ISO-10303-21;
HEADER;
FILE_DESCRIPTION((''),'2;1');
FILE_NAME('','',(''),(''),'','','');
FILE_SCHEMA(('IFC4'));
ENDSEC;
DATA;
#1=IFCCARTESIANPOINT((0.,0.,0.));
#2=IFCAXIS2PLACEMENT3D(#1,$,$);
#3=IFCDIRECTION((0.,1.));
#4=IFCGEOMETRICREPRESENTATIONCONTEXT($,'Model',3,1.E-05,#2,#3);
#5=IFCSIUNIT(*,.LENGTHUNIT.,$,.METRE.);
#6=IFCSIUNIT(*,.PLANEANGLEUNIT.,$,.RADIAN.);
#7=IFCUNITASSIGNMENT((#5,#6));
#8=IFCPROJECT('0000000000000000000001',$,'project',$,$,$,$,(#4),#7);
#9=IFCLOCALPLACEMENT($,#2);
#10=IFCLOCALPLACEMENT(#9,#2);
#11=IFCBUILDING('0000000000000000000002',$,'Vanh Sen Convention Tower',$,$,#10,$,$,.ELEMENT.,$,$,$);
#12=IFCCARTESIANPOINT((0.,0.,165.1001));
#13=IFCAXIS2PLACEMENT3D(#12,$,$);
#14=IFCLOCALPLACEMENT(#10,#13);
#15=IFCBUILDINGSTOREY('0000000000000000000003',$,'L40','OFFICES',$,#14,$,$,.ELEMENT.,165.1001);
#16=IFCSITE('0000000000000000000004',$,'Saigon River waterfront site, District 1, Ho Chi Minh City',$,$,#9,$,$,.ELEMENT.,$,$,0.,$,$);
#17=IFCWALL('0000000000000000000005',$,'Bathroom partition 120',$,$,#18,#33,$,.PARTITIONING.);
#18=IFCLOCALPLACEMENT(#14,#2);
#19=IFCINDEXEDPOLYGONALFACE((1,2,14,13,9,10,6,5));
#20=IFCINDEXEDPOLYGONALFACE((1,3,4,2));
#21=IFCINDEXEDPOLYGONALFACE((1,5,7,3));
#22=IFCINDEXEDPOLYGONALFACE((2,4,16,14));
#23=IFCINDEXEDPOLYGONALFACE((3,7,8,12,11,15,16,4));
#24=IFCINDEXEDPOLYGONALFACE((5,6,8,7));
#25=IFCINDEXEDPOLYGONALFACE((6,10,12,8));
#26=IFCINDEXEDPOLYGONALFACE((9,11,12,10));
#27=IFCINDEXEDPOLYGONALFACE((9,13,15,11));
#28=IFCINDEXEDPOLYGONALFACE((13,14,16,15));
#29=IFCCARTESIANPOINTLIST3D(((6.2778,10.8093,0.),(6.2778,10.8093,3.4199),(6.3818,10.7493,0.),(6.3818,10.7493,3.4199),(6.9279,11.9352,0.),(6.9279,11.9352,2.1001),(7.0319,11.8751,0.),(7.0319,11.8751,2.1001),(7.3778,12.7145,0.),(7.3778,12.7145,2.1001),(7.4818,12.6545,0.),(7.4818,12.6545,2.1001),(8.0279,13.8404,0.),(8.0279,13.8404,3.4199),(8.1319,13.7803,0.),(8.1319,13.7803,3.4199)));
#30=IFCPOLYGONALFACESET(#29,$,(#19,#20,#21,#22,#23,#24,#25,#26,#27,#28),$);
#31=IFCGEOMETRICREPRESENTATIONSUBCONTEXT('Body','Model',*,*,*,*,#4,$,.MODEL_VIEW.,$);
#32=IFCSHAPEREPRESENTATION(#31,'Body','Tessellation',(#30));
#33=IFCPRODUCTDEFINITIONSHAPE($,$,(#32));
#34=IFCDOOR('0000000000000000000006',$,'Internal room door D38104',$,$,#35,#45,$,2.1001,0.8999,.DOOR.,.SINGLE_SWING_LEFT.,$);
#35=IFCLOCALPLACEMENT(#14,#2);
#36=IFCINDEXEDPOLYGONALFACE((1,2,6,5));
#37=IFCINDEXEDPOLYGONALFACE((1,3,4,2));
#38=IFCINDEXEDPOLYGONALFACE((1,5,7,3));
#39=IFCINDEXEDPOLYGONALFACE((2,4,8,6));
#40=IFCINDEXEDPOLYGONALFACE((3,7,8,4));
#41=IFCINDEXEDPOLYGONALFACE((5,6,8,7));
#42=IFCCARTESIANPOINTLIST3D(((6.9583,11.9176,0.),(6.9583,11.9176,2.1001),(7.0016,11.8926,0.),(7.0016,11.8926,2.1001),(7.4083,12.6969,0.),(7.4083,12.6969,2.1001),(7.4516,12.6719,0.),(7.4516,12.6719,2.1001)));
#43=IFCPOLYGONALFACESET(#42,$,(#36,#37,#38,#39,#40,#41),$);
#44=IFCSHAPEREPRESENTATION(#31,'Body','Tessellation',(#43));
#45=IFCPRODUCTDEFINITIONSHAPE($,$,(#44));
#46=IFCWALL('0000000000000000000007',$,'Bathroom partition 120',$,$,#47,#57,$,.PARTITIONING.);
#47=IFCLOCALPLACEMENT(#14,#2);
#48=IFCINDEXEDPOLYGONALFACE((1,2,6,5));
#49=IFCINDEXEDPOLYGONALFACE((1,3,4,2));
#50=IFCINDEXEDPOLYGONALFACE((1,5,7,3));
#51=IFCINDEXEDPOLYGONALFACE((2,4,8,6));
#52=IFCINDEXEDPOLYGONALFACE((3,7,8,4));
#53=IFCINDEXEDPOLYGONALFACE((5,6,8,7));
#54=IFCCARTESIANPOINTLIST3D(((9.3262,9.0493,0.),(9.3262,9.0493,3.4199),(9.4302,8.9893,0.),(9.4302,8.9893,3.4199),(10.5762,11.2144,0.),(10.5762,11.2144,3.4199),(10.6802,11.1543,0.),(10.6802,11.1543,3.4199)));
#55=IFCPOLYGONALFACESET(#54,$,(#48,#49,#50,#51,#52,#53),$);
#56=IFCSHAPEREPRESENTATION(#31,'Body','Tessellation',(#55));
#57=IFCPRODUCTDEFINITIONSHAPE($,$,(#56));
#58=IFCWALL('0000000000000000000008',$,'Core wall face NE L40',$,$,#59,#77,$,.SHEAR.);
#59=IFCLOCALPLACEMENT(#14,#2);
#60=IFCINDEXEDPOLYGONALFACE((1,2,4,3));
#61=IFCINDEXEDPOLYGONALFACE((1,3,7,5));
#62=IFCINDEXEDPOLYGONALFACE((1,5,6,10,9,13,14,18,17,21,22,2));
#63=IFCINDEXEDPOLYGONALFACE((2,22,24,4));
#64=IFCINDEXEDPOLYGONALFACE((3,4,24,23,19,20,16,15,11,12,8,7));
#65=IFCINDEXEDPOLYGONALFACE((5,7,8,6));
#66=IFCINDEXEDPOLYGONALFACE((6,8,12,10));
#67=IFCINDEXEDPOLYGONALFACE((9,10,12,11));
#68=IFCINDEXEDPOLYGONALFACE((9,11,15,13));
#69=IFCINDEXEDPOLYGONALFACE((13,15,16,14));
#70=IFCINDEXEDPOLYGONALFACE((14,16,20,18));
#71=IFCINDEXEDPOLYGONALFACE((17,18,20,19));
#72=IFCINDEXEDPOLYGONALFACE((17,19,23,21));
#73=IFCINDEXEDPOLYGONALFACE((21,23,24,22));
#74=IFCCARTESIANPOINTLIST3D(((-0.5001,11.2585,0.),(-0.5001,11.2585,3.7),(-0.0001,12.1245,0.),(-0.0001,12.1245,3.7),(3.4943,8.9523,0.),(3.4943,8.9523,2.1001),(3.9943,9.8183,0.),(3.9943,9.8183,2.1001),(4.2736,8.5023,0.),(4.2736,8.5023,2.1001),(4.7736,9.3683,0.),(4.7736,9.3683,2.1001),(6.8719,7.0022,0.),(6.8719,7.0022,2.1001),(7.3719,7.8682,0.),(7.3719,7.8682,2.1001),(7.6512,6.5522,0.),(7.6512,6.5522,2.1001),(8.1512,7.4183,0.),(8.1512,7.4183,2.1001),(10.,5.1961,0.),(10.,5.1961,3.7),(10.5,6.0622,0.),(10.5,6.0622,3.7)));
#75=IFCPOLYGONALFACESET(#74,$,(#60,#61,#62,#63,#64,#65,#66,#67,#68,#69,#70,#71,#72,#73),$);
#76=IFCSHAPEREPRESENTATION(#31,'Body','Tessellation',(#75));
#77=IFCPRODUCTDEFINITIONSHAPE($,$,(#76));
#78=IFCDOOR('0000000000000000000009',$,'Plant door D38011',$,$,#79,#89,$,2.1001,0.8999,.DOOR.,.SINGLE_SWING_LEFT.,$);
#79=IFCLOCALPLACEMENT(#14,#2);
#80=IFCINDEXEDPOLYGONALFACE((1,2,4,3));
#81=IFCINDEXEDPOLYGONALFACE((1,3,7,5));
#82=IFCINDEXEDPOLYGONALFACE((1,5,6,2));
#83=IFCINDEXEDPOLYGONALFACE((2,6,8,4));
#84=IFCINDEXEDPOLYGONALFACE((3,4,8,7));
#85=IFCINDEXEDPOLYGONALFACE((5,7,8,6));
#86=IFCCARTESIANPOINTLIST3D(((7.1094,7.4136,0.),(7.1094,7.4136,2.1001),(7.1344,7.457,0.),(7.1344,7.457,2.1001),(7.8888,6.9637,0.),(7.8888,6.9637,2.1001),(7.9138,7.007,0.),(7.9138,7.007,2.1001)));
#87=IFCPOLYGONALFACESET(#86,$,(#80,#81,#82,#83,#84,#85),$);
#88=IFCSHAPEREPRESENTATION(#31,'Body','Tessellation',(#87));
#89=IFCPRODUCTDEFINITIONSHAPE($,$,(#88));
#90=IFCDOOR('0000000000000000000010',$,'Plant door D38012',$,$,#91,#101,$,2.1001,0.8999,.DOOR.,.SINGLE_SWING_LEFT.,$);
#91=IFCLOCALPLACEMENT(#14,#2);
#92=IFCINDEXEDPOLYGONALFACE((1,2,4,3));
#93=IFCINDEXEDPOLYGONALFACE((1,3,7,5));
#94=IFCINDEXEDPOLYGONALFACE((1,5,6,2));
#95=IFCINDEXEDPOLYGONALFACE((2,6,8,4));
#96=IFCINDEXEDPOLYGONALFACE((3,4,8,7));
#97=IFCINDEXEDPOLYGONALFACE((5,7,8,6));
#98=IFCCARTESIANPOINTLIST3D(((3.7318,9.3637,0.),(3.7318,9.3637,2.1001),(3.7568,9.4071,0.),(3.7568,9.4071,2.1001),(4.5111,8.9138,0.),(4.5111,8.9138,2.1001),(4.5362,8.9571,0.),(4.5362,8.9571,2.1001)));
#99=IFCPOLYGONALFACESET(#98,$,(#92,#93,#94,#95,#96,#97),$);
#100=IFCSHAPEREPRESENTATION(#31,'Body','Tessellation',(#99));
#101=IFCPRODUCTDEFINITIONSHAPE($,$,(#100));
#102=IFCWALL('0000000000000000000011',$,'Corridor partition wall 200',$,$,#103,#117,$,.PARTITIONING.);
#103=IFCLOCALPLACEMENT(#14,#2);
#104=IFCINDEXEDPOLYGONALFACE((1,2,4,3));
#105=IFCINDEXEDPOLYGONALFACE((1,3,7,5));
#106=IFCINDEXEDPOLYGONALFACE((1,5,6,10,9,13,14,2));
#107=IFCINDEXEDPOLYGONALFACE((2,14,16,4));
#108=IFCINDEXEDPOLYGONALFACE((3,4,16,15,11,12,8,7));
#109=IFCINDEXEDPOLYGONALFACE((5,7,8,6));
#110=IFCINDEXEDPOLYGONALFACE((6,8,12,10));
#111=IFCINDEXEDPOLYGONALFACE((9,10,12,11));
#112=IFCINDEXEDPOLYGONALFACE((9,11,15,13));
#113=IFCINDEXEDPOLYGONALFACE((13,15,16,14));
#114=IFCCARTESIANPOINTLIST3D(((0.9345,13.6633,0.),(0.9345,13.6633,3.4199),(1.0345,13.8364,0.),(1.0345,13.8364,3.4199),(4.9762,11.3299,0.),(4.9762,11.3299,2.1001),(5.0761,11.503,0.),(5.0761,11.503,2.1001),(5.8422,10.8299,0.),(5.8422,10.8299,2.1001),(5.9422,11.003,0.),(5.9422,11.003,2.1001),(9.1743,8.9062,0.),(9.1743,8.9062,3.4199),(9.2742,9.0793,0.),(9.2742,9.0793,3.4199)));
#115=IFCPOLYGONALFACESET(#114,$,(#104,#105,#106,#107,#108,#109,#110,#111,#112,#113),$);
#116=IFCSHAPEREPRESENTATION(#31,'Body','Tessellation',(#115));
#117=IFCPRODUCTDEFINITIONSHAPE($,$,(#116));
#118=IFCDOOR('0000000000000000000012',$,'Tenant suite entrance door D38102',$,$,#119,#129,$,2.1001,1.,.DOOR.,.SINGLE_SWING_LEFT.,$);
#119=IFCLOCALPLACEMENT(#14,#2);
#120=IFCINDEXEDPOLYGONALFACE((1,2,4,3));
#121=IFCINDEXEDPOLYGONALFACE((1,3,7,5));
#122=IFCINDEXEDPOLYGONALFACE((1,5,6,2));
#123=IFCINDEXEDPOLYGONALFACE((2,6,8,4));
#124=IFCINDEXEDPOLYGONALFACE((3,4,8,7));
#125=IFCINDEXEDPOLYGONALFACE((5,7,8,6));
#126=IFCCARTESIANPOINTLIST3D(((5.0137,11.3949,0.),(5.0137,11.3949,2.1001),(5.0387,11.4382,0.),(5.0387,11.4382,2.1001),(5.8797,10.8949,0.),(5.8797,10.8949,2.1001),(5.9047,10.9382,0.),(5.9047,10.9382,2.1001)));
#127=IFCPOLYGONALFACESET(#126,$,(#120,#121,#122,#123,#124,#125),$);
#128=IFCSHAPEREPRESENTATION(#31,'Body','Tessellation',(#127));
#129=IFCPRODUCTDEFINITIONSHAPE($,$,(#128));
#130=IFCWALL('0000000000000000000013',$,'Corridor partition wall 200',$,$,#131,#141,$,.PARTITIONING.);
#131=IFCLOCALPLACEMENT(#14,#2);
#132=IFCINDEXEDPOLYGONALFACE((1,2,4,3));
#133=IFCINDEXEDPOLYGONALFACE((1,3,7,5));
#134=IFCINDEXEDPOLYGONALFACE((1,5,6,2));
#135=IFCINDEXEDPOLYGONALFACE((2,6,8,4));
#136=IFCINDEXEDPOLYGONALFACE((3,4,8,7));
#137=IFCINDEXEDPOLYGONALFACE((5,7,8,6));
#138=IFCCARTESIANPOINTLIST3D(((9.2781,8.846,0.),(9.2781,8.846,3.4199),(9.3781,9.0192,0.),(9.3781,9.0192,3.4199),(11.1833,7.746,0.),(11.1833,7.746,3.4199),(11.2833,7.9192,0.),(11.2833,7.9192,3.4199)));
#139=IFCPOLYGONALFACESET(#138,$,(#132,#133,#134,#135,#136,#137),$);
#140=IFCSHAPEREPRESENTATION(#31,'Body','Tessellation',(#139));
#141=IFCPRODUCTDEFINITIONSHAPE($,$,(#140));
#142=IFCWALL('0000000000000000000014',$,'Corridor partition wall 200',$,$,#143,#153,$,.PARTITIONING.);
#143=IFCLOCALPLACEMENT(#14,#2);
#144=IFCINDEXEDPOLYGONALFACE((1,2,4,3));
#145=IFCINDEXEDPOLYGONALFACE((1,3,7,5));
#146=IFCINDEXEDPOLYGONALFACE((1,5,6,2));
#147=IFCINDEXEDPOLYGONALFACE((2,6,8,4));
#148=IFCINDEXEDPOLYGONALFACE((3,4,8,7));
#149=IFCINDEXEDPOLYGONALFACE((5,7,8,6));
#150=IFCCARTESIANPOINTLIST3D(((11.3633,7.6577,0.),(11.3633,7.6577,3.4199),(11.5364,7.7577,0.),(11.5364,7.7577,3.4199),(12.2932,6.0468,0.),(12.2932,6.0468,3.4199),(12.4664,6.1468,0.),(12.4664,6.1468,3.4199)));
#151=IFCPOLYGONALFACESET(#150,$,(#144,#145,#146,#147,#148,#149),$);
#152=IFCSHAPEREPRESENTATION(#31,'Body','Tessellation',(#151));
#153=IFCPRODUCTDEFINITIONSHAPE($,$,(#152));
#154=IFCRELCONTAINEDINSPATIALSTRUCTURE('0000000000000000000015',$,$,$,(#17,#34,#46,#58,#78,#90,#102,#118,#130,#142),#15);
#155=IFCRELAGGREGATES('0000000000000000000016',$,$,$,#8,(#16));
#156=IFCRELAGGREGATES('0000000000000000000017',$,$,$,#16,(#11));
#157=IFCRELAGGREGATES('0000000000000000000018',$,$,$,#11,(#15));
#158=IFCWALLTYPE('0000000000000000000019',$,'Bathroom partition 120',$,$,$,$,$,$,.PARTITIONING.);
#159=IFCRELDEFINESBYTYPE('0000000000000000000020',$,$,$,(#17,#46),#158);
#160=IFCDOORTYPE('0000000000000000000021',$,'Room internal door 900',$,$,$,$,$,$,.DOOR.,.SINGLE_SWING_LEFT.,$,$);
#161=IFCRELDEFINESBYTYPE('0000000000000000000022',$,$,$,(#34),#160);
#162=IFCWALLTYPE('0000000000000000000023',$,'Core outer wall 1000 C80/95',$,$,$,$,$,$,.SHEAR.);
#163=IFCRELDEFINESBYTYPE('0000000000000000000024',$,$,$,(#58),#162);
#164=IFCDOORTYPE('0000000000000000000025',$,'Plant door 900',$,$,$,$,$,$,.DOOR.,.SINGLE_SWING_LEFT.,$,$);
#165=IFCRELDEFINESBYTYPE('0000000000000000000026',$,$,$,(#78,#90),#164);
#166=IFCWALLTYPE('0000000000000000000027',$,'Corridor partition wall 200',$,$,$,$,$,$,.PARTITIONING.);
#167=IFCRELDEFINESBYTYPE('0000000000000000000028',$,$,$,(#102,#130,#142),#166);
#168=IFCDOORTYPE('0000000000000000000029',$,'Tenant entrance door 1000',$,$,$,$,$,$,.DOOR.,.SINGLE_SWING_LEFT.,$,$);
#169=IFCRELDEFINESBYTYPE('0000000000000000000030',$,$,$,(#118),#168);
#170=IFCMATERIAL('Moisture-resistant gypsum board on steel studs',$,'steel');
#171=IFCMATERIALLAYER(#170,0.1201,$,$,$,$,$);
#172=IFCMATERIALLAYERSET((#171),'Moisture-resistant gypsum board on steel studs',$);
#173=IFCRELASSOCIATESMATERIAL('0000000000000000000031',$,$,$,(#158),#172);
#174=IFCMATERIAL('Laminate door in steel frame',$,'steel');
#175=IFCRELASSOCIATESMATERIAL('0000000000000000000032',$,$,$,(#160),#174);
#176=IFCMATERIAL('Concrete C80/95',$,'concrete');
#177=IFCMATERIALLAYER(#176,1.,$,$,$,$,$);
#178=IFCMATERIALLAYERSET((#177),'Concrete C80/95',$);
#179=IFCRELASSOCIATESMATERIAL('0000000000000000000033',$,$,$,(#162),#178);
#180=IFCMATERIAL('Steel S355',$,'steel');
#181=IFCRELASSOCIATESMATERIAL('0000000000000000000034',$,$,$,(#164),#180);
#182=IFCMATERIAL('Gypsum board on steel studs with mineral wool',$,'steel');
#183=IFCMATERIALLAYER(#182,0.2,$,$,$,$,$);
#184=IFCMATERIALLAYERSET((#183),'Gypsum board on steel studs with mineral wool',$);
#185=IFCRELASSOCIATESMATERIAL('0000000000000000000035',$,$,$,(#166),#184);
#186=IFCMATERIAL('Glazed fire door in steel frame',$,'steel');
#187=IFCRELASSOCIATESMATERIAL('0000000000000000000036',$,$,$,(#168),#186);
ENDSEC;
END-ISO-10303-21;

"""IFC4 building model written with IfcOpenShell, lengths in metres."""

from ifc_helpers import new_model, si_unit, direction, frame, frame_2d, origin, place, context, subcontext, project, spatial, rectangle, extrude, material, layer, layer_set, type_object, element, fill, save


model = new_model("IFC4")

# Units and contexts
model_context = context("Model", 3, precision=1e-05, world=origin(), true_north=direction((0.0, 1.0)))
body_context = subcontext(model_context, "Body", "Model", "MODEL_VIEW")
ifc_project = project(units=[si_unit("LENGTHUNIT", "METRE"), si_unit("PLANEANGLEUNIT", "RADIAN")], contexts=[model_context])

# Site, building, storey
site_placement = place(None, origin())
site = spatial("IfcSite", under=ifc_project, at=site_placement, Name="Saigon River waterfront site, District 1, Ho Chi Minh City", CompositionType="ELEMENT", RefElevation=0.0)
building_placement = place(site_placement, origin())
building = spatial("IfcBuilding", under=site, at=building_placement, Name="Vanh Sen Convention Tower", CompositionType="ELEMENT")
storey_placement = place(building_placement, frame((0.0, 0.0, 165.1001)))
storey = spatial("IfcBuildingStorey", under=building, at=storey_placement, Name="L40", Description="OFFICES", CompositionType="ELEMENT", Elevation=165.1001)

# Wall, opening, door
ifc_material_1 = material(Name="Moisture-resistant gypsum board on steel studs", Category="steel")
ifc_layer_1 = layer(ifc_material_1, 0.1201)
ifc_layer_set_1 = layer_set([ifc_layer_1], Name="Moisture-resistant gypsum board on steel studs")
wall_type_1 = type_object("IfcWallType", Name="Bathroom partition 120", PredefinedType="PARTITIONING", material=ifc_layer_set_1)
wall_1_placement = place(storey_placement, frame((6.3298, 10.7793, 0.0), z_axis=(0.0, 0.0, 1.0), x_axis=(0.50001, 0.866019, 0.0)))
wall_1 = element("IfcWall", 1, at=wall_1_placement, inside=storey, type_object=wall_type_1, Name="Bathroom partition 120", PredefinedType="PARTITIONING", context=body_context, shape_type="SweptSolid", body=[
    extrude(rectangle(XDim=3.5, YDim=0.1201, at=frame_2d((1.75, 0.0))), origin(), (0.0, 0.0, 1.0), 3.4199),
])
opening_1_placement = place(wall_1_placement, frame((1.3, 0.0, 0.0)))
opening_1 = element("IfcOpeningElement", 2, at=opening_1_placement, cuts=wall_1, PredefinedType="OPENING", context=body_context, shape_type="SweptSolid", body=[
    extrude(rectangle(XDim=0.8999, YDim=2.1001, at=frame_2d((0.45, 1.05))), frame((0.0, 0.0701, 0.0), z_axis=(0.0, -1.0, 0.0), x_axis=(1.0, 0.0, 0.0)), (0.0, 0.0, 1.0), 0.1401),
])
ifc_material_2 = material(Name="Laminate door in steel frame", Category="steel")
door_type_1 = type_object("IfcDoorType", Name="Room internal door 900", OperationType="SINGLE_SWING_LEFT", PredefinedType="DOOR", material=ifc_material_2)
door_1_placement = place(opening_1_placement, origin())
door_1 = element("IfcDoor", 3, at=door_1_placement, inside=storey, type_object=door_type_1, Name="Internal room door D38104", OperationType="SINGLE_SWING_LEFT", OverallHeight=2.1001, OverallWidth=0.8999, PredefinedType="DOOR", context=body_context, shape_type="SweptSolid", body=[
    extrude(rectangle(XDim=0.8999, YDim=2.1001, at=frame_2d((0.45, 1.05))), frame((0.0, 0.0249, 0.0), z_axis=(0.0, -1.0, 0.0), x_axis=(1.0, 0.0, 0.0)), (0.0, 0.0, 1.0), 0.05),
])
fill(opening_1, door_1)

# Wall
wall_2_placement = place(storey_placement, frame((9.3782, 9.0193, 0.0), z_axis=(0.0, 0.0, 1.0), x_axis=(0.500004, 0.866023, 0.0)))
element("IfcWall", 4, at=wall_2_placement, inside=storey, type_object=wall_type_1, Name="Bathroom partition 120", PredefinedType="PARTITIONING", context=body_context, shape_type="SweptSolid", body=[
    extrude(rectangle(XDim=2.5, YDim=0.1201, at=frame_2d((1.25, 0.0))), origin(), (0.0, 0.0, 1.0), 3.4199),
])

# Wall, openings, doors
ifc_material_3 = material(Name="Concrete C80/95", Category="concrete")
ifc_layer_2 = layer(ifc_material_3, 1.0)
ifc_layer_set_2 = layer_set([ifc_layer_2], Name="Concrete C80/95")
wall_type_2 = type_object("IfcWallType", Name="Core outer wall 1000 C80/95", PredefinedType="SHEAR", material=ifc_layer_set_2)
wall_3_placement = place(storey_placement, frame((10.25, 5.6292, 0.0), z_axis=(0.0, 0.0, 1.0), x_axis=(-0.866023, 0.500005, 0.0)))
wall_3 = element("IfcWall", 5, at=wall_3_placement, inside=storey, type_object=wall_type_2, Name="Core wall face NE L40", PredefinedType="SHEAR", context=body_context, shape_type="SweptSolid", body=[
    extrude(rectangle(XDim=12.1245, YDim=1.0, at=frame_2d((6.0623, 0.0))), origin(), (0.0, 0.0, 1.0), 3.7),
])
opening_2_placement = place(wall_3_placement, frame((2.7122, 0.0, 0.0)))
opening_2 = element("IfcOpeningElement", 6, at=opening_2_placement, cuts=wall_3, PredefinedType="OPENING", context=body_context, shape_type="SweptSolid", body=[
    extrude(rectangle(XDim=0.8999, YDim=2.1001, at=frame_2d((0.45, 1.05))), frame((0.0, 0.51, 0.0), z_axis=(0.0, -1.0, 0.0), x_axis=(1.0, 0.0, 0.0)), (0.0, 0.0, 1.0), 1.02),
])
opening_3_placement = place(wall_3_placement, frame((6.6123, 0.0, 0.0)))
opening_3 = element("IfcOpeningElement", 7, at=opening_3_placement, cuts=wall_3, PredefinedType="OPENING", context=body_context, shape_type="SweptSolid", body=[
    extrude(rectangle(XDim=0.8999, YDim=2.1001, at=frame_2d((0.45, 1.05))), frame((0.0, 0.51, 0.0), z_axis=(0.0, -1.0, 0.0), x_axis=(1.0, 0.0, 0.0)), (0.0, 0.0, 1.0), 1.02),
])
ifc_material_4 = material(Name="Steel S355", Category="steel")
door_type_2 = type_object("IfcDoorType", Name="Plant door 900", OperationType="SINGLE_SWING_LEFT", PredefinedType="DOOR", material=ifc_material_4)
door_2_placement = place(opening_2_placement, origin())
door_2 = element("IfcDoor", 8, at=door_2_placement, inside=storey, type_object=door_type_2, Name="Plant door D38011", OperationType="SINGLE_SWING_LEFT", OverallHeight=2.1001, OverallWidth=0.8999, PredefinedType="DOOR", context=body_context, shape_type="SweptSolid", body=[
    extrude(rectangle(XDim=0.8999, YDim=2.1001, at=frame_2d((0.45, 1.05))), frame((0.0, 0.0249, 0.0), z_axis=(0.0, -1.0, 0.0), x_axis=(1.0, 0.0, 0.0)), (0.0, 0.0, 1.0), 0.05),
])
fill(opening_2, door_2)
door_3_placement = place(opening_3_placement, origin())
door_3 = element("IfcDoor", 9, at=door_3_placement, inside=storey, type_object=door_type_2, Name="Plant door D38012", OperationType="SINGLE_SWING_LEFT", OverallHeight=2.1001, OverallWidth=0.8999, PredefinedType="DOOR", context=body_context, shape_type="SweptSolid", body=[
    extrude(rectangle(XDim=0.8999, YDim=2.1001, at=frame_2d((0.45, 1.05))), frame((0.0, 0.0249, 0.0), z_axis=(0.0, -1.0, 0.0), x_axis=(1.0, 0.0, 0.0)), (0.0, 0.0, 1.0), 0.05),
])
fill(opening_3, door_3)

# Wall, opening, door
ifc_material_5 = material(Name="Gypsum board on steel studs with mineral wool", Category="steel")
ifc_layer_3 = layer(ifc_material_5, 0.2)
ifc_layer_set_3 = layer_set([ifc_layer_3], Name="Gypsum board on steel studs with mineral wool")
wall_type_3 = type_object("IfcWallType", Name="Corridor partition wall 200", PredefinedType="PARTITIONING", material=ifc_layer_set_3)
wall_4_placement = place(storey_placement, frame((9.2244, 8.9927, 0.0), z_axis=(0.0, 0.0, 1.0), x_axis=(-0.866032, 0.499989, 0.0)))
wall_4 = element("IfcWall", 10, at=wall_4_placement, inside=storey, type_object=wall_type_3, Name="Corridor partition wall 200", PredefinedType="PARTITIONING", context=body_context, shape_type="SweptSolid", body=[
    extrude(rectangle(XDim=9.5144, YDim=0.2, at=frame_2d((4.7573, 0.0))), origin(), (0.0, 0.0, 1.0), 3.4199),
])
opening_4_placement = place(wall_4_placement, frame((3.8477, 0.0, 0.0)))
opening_4 = element("IfcOpeningElement", 11, at=opening_4_placement, cuts=wall_4, PredefinedType="OPENING", context=body_context, shape_type="SweptSolid", body=[
    extrude(rectangle(XDim=1.0, YDim=2.1001, at=frame_2d((0.5, 1.05))), frame((0.0, 0.1099, 0.0), z_axis=(0.0, -1.0, 0.0), x_axis=(1.0, 0.0, 0.0)), (0.0, 0.0, 1.0), 0.22),
])
ifc_material_6 = material(Name="Glazed fire door in steel frame", Category="steel")
door_type_3 = type_object("IfcDoorType", Name="Tenant entrance door 1000", OperationType="SINGLE_SWING_LEFT", PredefinedType="DOOR", material=ifc_material_6)
door_4_placement = place(opening_4_placement, origin())
door_4 = element("IfcDoor", 12, at=door_4_placement, inside=storey, type_object=door_type_3, Name="Tenant suite entrance door D38102", OperationType="SINGLE_SWING_LEFT", OverallHeight=2.1001, OverallWidth=1.0, PredefinedType="DOOR", context=body_context, shape_type="SweptSolid", body=[
    extrude(rectangle(XDim=1.0, YDim=2.1001, at=frame_2d((0.5, 1.05))), frame((0.0, 0.0249, 0.0), z_axis=(0.0, -1.0, 0.0), x_axis=(1.0, 0.0, 0.0)), (0.0, 0.0, 1.0), 0.05),
])
fill(opening_4, door_4)

# Walls
wall_5_placement = place(storey_placement, frame((11.2334, 7.8325, 0.0), z_axis=(0.0, 0.0, 1.0), x_axis=(-0.866008, 0.50003, 0.0)))
element("IfcWall", 13, at=wall_5_placement, inside=storey, type_object=wall_type_3, Name="Corridor partition wall 200", PredefinedType="PARTITIONING", context=body_context, shape_type="SweptSolid", body=[
    extrude(rectangle(XDim=2.2, YDim=0.2, at=frame_2d((1.1001, 0.0))), origin(), (0.0, 0.0, 1.0), 3.4199),
])
wall_6_placement = place(storey_placement, frame((12.3799, 6.0967, 0.0), z_axis=(0.0, 0.0, 1.0), x_axis=(-0.499965, 0.866046, 0.0)))
element("IfcWall", 14, at=wall_6_placement, inside=storey, type_object=wall_type_3, Name="Corridor partition wall 200", PredefinedType="PARTITIONING", context=body_context, shape_type="SweptSolid", body=[
    extrude(rectangle(XDim=1.8601, YDim=0.2, at=frame_2d((0.9302, 0.0))), origin(), (0.0, 0.0, 1.0), 3.4199),
])

save(model, "model.ifc")
